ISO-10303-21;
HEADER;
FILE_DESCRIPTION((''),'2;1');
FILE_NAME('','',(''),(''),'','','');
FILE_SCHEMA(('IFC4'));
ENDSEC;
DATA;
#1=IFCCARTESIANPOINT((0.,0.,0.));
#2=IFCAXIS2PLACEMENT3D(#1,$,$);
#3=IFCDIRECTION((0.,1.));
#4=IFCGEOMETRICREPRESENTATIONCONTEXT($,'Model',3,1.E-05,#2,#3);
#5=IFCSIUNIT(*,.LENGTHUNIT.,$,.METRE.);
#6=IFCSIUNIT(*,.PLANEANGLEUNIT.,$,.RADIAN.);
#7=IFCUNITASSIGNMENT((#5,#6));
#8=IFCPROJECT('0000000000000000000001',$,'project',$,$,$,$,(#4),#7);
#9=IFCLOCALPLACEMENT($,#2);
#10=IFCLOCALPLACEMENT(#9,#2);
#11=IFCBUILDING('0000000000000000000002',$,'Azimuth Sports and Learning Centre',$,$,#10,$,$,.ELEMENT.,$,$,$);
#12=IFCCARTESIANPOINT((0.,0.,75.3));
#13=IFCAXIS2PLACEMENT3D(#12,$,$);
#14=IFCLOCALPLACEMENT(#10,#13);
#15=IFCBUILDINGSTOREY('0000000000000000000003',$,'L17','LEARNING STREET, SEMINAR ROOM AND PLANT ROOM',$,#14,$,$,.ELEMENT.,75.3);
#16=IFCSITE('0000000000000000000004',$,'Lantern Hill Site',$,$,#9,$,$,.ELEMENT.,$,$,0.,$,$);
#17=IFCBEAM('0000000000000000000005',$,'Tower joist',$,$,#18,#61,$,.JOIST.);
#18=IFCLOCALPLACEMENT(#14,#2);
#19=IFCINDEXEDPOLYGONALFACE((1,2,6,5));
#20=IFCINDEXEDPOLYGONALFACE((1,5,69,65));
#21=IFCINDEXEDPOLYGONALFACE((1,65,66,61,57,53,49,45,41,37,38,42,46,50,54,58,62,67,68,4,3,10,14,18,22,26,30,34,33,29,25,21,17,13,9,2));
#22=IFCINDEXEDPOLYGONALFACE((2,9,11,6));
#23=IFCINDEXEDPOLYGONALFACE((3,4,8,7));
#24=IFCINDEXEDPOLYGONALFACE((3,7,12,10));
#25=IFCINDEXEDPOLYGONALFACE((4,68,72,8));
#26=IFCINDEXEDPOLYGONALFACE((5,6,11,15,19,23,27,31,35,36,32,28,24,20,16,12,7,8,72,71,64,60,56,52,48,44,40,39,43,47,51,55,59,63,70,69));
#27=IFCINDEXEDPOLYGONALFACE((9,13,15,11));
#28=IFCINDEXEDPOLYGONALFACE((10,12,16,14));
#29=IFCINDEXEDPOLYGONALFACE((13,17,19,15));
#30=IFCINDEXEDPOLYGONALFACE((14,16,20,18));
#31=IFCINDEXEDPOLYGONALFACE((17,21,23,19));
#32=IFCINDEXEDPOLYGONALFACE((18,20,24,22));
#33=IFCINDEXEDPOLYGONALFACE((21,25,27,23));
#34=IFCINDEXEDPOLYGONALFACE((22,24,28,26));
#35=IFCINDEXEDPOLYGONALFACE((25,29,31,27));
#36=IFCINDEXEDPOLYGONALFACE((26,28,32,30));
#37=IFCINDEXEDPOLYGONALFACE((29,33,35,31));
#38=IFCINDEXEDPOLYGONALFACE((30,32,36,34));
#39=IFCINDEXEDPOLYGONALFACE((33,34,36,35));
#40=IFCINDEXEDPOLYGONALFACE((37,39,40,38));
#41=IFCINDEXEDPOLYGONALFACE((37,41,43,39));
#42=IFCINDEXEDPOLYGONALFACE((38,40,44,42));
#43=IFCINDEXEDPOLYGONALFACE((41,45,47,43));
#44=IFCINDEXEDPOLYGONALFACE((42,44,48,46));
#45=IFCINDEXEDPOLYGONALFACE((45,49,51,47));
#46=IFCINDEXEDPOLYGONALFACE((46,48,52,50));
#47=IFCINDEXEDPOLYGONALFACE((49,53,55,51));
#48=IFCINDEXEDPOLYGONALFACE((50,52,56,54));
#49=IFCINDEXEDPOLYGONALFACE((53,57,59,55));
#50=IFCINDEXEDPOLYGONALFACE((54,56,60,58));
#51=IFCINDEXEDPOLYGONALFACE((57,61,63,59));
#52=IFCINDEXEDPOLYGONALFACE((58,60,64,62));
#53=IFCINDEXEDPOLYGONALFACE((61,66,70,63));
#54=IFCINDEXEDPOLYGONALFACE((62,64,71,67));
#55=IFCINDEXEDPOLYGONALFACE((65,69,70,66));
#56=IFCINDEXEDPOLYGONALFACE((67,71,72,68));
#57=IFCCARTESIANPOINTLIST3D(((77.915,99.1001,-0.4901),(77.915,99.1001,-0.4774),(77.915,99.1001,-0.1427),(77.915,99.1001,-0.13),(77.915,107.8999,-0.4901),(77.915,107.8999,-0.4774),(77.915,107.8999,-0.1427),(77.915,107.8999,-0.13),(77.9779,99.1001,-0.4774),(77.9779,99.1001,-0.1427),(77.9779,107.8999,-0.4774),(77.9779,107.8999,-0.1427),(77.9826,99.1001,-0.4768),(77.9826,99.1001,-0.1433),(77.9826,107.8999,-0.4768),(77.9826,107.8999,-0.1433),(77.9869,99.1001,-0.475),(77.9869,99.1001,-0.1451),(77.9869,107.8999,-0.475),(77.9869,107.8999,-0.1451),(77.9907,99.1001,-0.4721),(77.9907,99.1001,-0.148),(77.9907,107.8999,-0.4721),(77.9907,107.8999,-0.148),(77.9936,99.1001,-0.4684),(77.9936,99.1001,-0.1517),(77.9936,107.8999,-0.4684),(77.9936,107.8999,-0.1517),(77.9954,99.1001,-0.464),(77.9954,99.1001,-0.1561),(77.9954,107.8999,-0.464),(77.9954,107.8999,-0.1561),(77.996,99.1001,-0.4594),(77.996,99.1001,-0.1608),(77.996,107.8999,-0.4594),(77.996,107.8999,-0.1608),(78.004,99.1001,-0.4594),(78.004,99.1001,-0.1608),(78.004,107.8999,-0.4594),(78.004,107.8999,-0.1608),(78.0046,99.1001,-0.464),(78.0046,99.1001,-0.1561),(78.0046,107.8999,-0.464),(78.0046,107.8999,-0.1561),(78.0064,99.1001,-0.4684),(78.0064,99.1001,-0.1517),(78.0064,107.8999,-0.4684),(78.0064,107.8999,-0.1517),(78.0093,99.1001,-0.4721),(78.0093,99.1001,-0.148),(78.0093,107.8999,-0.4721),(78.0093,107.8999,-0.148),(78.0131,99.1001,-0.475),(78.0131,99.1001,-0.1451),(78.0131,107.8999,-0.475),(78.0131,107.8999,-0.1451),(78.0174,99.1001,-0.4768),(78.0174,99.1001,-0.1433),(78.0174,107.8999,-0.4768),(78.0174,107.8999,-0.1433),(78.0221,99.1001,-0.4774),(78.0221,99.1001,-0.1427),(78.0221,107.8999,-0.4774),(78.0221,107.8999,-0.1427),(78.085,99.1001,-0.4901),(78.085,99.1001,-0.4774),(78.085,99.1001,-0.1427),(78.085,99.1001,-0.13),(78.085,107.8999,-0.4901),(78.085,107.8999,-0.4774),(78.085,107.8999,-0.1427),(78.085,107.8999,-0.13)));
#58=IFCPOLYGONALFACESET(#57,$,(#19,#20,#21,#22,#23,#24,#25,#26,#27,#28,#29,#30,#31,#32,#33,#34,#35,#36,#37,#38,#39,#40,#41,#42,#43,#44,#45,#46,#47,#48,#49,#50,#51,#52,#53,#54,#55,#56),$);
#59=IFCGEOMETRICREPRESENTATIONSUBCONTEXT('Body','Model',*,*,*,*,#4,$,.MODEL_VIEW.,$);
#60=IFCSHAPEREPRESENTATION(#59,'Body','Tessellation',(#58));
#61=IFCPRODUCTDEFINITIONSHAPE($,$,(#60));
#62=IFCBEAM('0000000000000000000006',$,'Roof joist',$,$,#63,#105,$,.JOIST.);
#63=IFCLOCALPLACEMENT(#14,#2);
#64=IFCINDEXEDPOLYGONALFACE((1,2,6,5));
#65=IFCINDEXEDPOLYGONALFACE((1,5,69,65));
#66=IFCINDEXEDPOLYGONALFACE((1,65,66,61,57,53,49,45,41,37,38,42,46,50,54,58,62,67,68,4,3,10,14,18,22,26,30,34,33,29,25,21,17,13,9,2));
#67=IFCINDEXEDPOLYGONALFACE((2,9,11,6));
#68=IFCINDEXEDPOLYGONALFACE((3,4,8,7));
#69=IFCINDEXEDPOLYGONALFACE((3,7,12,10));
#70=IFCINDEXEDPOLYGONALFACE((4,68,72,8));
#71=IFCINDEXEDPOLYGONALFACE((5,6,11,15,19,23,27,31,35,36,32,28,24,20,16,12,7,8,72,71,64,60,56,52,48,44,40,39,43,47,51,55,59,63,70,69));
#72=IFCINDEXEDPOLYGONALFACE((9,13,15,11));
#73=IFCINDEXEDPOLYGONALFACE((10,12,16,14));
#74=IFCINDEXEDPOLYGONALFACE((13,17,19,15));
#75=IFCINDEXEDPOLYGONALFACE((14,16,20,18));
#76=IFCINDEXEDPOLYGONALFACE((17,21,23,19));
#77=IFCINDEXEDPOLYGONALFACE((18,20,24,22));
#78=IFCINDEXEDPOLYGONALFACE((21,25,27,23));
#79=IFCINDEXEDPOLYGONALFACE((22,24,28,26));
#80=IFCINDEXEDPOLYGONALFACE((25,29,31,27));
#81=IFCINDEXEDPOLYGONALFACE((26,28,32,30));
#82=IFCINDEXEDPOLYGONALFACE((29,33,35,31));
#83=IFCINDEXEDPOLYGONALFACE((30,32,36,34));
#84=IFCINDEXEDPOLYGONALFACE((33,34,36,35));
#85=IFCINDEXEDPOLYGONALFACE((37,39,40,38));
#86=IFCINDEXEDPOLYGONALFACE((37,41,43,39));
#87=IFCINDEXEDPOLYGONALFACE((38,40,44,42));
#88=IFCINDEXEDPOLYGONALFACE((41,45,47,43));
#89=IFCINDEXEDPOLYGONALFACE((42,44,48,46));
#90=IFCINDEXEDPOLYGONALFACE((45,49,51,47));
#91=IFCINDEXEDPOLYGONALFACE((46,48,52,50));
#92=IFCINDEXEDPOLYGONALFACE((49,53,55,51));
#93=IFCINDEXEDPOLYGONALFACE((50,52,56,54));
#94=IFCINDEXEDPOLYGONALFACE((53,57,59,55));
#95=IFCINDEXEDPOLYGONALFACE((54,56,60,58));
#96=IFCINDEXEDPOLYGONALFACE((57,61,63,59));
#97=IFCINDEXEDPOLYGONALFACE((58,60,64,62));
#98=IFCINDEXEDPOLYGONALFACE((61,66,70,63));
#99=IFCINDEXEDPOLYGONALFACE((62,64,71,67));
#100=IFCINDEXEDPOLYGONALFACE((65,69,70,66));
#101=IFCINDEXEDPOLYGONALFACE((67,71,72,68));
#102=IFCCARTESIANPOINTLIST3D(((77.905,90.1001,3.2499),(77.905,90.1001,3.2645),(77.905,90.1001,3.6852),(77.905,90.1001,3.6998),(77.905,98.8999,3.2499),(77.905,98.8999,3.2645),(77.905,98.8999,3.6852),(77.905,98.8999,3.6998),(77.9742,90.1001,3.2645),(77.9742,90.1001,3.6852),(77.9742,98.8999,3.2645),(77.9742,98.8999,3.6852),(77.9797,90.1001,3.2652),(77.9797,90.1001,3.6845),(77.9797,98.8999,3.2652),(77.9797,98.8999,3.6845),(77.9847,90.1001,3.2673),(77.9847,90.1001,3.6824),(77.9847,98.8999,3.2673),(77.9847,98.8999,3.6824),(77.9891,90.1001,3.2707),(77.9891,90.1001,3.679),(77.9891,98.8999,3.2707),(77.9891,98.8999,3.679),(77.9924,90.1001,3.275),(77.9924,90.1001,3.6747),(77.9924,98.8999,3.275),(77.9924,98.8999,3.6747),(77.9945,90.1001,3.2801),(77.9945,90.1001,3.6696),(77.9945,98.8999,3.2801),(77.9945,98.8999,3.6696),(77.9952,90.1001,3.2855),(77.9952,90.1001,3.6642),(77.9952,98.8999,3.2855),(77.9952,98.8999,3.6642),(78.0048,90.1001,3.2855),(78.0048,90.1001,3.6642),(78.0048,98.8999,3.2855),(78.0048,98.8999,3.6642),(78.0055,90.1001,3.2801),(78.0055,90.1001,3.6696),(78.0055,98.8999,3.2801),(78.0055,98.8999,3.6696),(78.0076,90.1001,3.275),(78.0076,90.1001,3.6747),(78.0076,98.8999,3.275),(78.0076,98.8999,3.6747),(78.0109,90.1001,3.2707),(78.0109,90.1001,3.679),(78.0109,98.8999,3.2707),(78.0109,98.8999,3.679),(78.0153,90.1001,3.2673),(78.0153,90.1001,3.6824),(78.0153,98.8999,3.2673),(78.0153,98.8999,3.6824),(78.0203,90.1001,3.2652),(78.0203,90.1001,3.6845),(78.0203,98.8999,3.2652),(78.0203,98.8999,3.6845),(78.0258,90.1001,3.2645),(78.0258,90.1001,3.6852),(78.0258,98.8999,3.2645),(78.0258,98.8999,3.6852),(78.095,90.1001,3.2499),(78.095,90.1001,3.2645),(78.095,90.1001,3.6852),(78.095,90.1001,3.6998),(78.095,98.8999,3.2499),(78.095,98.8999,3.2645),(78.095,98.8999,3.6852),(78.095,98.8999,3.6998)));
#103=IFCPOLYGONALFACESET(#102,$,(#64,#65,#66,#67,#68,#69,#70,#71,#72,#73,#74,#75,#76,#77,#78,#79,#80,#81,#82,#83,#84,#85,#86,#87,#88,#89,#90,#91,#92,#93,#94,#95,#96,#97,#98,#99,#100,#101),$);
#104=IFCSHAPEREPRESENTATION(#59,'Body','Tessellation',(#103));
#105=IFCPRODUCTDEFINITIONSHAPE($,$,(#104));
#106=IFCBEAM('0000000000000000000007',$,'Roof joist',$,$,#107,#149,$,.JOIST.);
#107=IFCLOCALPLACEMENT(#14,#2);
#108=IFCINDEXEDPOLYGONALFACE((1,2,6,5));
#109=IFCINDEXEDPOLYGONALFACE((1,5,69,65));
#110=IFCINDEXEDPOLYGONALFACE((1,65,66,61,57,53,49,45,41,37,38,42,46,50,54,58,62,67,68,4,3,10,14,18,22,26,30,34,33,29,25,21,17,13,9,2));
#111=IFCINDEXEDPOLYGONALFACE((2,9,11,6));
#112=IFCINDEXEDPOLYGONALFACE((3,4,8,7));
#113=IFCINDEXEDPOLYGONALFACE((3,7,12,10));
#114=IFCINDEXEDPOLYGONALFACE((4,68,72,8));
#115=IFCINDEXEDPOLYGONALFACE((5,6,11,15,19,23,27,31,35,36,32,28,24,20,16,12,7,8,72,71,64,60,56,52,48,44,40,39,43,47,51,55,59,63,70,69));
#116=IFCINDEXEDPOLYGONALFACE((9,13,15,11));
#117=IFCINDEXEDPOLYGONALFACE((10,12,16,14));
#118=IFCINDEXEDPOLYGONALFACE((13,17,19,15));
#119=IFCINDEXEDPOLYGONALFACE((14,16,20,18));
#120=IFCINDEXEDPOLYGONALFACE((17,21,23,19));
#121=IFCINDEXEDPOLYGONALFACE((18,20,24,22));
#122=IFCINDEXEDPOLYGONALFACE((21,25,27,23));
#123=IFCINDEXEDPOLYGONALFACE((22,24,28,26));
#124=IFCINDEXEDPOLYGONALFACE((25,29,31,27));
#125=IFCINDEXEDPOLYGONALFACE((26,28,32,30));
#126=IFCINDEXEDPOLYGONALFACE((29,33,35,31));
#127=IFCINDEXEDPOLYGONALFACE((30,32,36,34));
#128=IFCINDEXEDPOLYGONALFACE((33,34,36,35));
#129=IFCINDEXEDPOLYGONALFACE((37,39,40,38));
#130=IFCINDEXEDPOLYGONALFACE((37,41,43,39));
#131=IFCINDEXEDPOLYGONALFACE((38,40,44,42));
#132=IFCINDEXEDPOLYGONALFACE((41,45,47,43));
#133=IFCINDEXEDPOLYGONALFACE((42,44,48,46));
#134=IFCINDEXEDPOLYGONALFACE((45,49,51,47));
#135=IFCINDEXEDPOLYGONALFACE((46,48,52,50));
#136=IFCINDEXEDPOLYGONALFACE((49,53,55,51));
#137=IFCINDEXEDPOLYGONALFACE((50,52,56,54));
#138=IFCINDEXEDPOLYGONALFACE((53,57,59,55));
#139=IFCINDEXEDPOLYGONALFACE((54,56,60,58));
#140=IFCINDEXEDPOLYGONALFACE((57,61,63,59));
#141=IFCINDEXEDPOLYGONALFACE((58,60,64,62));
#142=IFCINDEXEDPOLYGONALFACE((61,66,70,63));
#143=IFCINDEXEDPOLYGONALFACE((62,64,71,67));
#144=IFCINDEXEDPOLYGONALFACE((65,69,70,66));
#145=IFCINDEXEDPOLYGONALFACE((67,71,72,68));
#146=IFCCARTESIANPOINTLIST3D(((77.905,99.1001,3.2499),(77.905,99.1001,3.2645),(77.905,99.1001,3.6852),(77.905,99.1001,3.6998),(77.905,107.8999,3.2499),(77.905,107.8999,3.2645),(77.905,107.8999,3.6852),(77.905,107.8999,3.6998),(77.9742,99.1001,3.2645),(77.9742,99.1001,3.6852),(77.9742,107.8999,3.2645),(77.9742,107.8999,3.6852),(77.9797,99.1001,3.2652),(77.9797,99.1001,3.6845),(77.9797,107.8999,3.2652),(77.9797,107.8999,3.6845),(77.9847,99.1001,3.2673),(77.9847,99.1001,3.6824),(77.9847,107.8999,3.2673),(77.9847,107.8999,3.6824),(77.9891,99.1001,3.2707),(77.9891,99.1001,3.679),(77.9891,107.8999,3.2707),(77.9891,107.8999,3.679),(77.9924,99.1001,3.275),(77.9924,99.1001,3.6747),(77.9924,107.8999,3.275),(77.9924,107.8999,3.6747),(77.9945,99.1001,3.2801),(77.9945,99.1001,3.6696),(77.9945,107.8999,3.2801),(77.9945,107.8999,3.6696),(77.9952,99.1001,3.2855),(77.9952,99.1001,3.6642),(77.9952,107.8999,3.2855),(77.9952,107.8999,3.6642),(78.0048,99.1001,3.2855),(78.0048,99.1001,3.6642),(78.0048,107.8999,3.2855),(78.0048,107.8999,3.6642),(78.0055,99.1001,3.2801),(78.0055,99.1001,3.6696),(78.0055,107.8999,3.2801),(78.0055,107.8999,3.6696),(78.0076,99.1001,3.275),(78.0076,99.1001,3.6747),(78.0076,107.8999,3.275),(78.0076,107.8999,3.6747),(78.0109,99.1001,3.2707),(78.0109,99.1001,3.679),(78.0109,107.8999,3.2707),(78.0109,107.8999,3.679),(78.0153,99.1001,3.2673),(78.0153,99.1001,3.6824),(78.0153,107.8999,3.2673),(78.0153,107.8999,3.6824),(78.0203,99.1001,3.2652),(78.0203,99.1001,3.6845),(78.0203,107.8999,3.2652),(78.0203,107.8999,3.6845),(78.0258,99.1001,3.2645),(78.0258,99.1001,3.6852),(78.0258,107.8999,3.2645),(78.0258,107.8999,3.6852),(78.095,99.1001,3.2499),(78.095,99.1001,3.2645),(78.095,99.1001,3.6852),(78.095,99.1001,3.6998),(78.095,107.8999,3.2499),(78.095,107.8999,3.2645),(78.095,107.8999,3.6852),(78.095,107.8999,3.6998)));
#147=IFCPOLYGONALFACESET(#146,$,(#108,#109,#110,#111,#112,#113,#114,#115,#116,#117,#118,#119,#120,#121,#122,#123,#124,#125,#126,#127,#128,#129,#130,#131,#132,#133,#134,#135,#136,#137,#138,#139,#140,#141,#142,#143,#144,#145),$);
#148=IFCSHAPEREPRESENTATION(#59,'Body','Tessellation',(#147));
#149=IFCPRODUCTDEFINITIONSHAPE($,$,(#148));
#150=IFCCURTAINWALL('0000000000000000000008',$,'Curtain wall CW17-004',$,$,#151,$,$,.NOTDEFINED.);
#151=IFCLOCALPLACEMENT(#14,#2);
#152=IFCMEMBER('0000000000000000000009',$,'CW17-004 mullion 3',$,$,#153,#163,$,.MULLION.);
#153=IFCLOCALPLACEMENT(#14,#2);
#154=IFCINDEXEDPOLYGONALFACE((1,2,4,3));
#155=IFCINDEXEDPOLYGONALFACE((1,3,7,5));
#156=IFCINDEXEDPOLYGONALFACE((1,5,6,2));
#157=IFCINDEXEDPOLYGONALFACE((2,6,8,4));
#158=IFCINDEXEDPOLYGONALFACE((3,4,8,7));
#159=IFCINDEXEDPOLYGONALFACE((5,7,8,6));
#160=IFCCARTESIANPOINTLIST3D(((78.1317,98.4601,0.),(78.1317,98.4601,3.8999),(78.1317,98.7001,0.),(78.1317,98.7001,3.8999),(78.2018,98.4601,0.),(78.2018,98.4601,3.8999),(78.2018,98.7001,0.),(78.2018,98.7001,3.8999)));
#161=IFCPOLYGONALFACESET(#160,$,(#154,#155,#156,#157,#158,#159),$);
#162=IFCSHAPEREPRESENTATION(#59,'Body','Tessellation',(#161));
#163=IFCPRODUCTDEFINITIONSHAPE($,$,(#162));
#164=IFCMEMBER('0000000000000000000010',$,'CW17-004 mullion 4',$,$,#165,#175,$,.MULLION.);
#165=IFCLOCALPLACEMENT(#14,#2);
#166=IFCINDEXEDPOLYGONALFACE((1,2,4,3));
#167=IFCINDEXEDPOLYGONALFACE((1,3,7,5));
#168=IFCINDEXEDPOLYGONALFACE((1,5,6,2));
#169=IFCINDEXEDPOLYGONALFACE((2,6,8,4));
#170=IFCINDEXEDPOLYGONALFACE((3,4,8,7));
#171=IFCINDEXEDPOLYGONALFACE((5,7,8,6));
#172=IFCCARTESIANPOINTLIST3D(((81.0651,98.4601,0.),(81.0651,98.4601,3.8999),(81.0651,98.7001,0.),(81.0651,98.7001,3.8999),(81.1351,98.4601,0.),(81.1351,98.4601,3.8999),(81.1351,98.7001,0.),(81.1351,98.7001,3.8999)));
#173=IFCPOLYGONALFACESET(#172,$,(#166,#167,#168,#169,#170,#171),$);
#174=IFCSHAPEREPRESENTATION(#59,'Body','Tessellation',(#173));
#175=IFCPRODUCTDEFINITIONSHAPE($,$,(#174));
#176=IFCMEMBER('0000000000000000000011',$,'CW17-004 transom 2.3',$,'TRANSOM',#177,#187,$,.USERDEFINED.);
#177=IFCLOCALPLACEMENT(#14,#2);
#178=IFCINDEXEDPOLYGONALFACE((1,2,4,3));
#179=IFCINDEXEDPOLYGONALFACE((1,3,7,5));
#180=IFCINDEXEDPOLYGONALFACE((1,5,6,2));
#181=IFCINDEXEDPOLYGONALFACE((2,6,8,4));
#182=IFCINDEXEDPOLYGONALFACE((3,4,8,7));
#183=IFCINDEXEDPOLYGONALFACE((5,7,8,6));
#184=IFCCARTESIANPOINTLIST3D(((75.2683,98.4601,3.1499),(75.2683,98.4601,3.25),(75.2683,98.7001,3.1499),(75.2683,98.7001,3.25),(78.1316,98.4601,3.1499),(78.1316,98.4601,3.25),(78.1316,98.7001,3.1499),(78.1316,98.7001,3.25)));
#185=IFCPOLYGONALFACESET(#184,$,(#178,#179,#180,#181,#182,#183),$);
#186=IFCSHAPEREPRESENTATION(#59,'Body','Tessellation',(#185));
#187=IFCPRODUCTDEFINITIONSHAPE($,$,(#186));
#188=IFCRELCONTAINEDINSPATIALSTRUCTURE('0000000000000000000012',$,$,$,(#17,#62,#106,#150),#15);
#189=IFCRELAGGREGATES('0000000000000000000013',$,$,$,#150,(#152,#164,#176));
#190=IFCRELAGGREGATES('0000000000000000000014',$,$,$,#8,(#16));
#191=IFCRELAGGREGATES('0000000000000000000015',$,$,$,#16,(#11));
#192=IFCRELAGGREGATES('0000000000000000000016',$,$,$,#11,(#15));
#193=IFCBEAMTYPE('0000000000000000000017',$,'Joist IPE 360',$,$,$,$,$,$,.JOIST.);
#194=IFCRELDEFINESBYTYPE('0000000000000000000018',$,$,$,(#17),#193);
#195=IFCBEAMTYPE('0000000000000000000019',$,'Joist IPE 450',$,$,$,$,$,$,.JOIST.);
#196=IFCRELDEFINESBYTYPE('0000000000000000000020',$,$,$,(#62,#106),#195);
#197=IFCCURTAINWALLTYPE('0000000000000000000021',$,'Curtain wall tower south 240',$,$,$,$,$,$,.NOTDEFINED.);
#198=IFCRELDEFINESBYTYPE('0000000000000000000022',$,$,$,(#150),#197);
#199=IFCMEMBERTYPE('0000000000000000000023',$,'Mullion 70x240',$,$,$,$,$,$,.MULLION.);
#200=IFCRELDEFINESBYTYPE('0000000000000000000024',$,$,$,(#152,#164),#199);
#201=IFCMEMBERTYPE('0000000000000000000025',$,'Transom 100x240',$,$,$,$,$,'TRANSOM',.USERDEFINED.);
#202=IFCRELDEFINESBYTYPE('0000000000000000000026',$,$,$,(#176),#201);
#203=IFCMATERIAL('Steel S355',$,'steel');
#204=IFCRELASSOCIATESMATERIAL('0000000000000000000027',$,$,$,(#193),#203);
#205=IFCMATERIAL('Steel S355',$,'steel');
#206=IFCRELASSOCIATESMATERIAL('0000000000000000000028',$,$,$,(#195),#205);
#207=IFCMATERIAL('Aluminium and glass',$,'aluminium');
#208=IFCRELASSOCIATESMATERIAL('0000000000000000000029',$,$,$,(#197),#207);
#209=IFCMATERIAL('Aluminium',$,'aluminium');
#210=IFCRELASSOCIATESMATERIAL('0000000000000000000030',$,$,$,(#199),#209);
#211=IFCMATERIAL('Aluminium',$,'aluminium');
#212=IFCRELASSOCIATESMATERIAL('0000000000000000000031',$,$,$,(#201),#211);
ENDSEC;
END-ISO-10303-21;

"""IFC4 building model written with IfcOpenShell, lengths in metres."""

from ifc_helpers import new_model, si_unit, direction, frame, origin, origin_2d, place, context, subcontext, project, spatial, rectangle, i_section, extrude, material, material_profile, profile_set, type_object, element, aggregate, save


model = new_model("IFC4")

# Units and contexts
model_context = context("Model", 3, precision=1e-05, world=origin(), true_north=direction((0.0, 1.0)))
body_context = subcontext(model_context, "Body", "Model", "MODEL_VIEW")
ifc_project = project(units=[si_unit("LENGTHUNIT", "METRE"), si_unit("PLANEANGLEUNIT", "RADIAN")], contexts=[model_context])

# Site, building, storey
site_placement = place(None, origin())
site = spatial("IfcSite", under=ifc_project, at=site_placement, Name="Lantern Hill Site", CompositionType="ELEMENT", RefElevation=0.0)
building_placement = place(site_placement, origin())
building = spatial("IfcBuilding", under=site, at=building_placement, Name="Azimuth Sports and Learning Centre", CompositionType="ELEMENT")
storey_placement = place(building_placement, frame((0.0, 0.0, 75.3)))
storey = spatial("IfcBuildingStorey", under=building, at=storey_placement, Name="L17", Description="LEARNING STREET, SEMINAR ROOM AND PLANT ROOM", CompositionType="ELEMENT", Elevation=75.3)

# Beams
ifc_material_1 = material(Name="Steel S355", Category="steel")
ifc_material_profile_1 = material_profile(ifc_material_1, i_section(OverallWidth=0.1699, OverallDepth=0.3601, WebThickness=0.0081, FlangeThickness=0.0127, FilletRadius=0.0181, at=origin_2d()), Name="IPE 360")
ifc_profile_set_1 = profile_set([ifc_material_profile_1], Name="Steel S355")
beam_type_1 = type_object("IfcBeamType", Name="Joist IPE 360", PredefinedType="JOIST", material=ifc_profile_set_1)
beam_1_placement = place(storey_placement, frame((78.0, 99.1001, -0.3101), z_axis=(0.0, 1.0, 0.0), x_axis=(-1.0, 0.0, 0.0)))
element("IfcBeam", 1, at=beam_1_placement, inside=storey, type_object=beam_type_1, Name="Tower joist", PredefinedType="JOIST", context=body_context, shape_type="SweptSolid", body=[
    extrude(i_section(OverallWidth=0.1699, OverallDepth=0.3601, WebThickness=0.0081, FlangeThickness=0.0127, FilletRadius=0.0181, at=origin_2d()), origin(), (0.0, 0.0, 1.0), 8.7998),
])
ifc_material_2 = material(Name="Steel S355", Category="steel")
ifc_material_profile_2 = material_profile(ifc_material_2, i_section(OverallWidth=0.1899, OverallDepth=0.45, WebThickness=0.0095, FlangeThickness=0.0146, FilletRadius=0.021, at=origin_2d()), Name="IPE 450")
ifc_profile_set_2 = profile_set([ifc_material_profile_2], Name="Steel S355")
beam_type_2 = type_object("IfcBeamType", Name="Joist IPE 450", PredefinedType="JOIST", material=ifc_profile_set_2)
for number, where, z_axis, x_axis, name in (
    (2, (78.0, 90.1001, 3.4749), (0.0, 1.0, 0.0), (-1.0, 0.0, 0.0), "Roof joist"),
    (3, (78.0, 99.1001, 3.4749), (0.0, 1.0, 0.0), (-1.0, 0.0, 0.0), "Roof joist"),
):
    element("IfcBeam", number, at=place(storey_placement, frame(where, z_axis=z_axis, x_axis=x_axis)), inside=storey, type_object=beam_type_2, Name=name, PredefinedType="JOIST", context=body_context, shape_type="SweptSolid", body=[
        extrude(i_section(OverallWidth=0.1899, OverallDepth=0.45, WebThickness=0.0095, FlangeThickness=0.0146, FilletRadius=0.021, at=origin_2d()), origin(), (0.0, 0.0, 1.0), 8.7998),
    ])

# Curtain wall, members
ifc_material_3 = material(Name="Aluminium and glass", Category="aluminium")
curtain_wall_type = type_object("IfcCurtainWallType", Name="Curtain wall tower south 240", PredefinedType="NOTDEFINED", material=ifc_material_3)
curtain_wall_placement = place(storey_placement, origin())
curtain_wall = element("IfcCurtainWall", 4, at=curtain_wall_placement, inside=storey, type_object=curtain_wall_type, Name="Curtain wall CW17-004", PredefinedType="NOTDEFINED")
ifc_material_4 = material(Name="Aluminium", Category="aluminium")
ifc_material_profile_3 = material_profile(ifc_material_4, rectangle(XDim=0.24, YDim=0.0701, at=origin_2d()), Name="Mullion 70x240")
ifc_profile_set_3 = profile_set([ifc_material_profile_3], Name="Aluminium")
member_type_1 = type_object("IfcMemberType", Name="Mullion 70x240", PredefinedType="MULLION", material=ifc_profile_set_3)
member_1_placement = place(storey_placement, frame((78.1667, 98.5801, 0.0), z_axis=(0.0, 0.0, 1.0), x_axis=(0.0, 1.0, 0.0)))
member_1 = element("IfcMember", 5, at=member_1_placement, type_object=member_type_1, Name="CW17-004 mullion 3", PredefinedType="MULLION", context=body_context, shape_type="SweptSolid", body=[
    extrude(rectangle(XDim=0.24, YDim=0.0701, at=origin_2d()), origin(), (0.0, 0.0, 1.0), 3.8999),
])
member_2_placement = place(storey_placement, frame((81.1001, 98.5801, 0.0), z_axis=(0.0, 0.0, 1.0), x_axis=(0.0, 1.0, 0.0)))
member_2 = element("IfcMember", 6, at=member_2_placement, type_object=member_type_1, Name="CW17-004 mullion 4", PredefinedType="MULLION", context=body_context, shape_type="SweptSolid", body=[
    extrude(rectangle(XDim=0.24, YDim=0.0701, at=origin_2d()), origin(), (0.0, 0.0, 1.0), 3.8999),
])
ifc_material_5 = material(Name="Aluminium", Category="aluminium")
ifc_material_profile_4 = material_profile(ifc_material_5, rectangle(XDim=0.24, YDim=0.1001, at=origin_2d()), Name="Transom 100x240")
ifc_profile_set_4 = profile_set([ifc_material_profile_4], Name="Aluminium")
member_type_2 = type_object("IfcMemberType", Name="Transom 100x240", ElementType="TRANSOM", PredefinedType="USERDEFINED", material=ifc_profile_set_4)
member_3_placement = place(storey_placement, frame((75.2683, 98.5801, 3.2), z_axis=(1.0, 0.0, 0.0), x_axis=(0.0, 1.0, 0.0)))
member_3 = element("IfcMember", 7, at=member_3_placement, type_object=member_type_2, Name="CW17-004 transom 2.3", ObjectType="TRANSOM", PredefinedType="USERDEFINED", context=body_context, shape_type="SweptSolid", body=[
    extrude(rectangle(XDim=0.24, YDim=0.1001, at=origin_2d()), origin(), (0.0, 0.0, 1.0), 2.8633),
])
aggregate(curtain_wall, [member_1, member_2, member_3])

save(model, "model.ifc")
